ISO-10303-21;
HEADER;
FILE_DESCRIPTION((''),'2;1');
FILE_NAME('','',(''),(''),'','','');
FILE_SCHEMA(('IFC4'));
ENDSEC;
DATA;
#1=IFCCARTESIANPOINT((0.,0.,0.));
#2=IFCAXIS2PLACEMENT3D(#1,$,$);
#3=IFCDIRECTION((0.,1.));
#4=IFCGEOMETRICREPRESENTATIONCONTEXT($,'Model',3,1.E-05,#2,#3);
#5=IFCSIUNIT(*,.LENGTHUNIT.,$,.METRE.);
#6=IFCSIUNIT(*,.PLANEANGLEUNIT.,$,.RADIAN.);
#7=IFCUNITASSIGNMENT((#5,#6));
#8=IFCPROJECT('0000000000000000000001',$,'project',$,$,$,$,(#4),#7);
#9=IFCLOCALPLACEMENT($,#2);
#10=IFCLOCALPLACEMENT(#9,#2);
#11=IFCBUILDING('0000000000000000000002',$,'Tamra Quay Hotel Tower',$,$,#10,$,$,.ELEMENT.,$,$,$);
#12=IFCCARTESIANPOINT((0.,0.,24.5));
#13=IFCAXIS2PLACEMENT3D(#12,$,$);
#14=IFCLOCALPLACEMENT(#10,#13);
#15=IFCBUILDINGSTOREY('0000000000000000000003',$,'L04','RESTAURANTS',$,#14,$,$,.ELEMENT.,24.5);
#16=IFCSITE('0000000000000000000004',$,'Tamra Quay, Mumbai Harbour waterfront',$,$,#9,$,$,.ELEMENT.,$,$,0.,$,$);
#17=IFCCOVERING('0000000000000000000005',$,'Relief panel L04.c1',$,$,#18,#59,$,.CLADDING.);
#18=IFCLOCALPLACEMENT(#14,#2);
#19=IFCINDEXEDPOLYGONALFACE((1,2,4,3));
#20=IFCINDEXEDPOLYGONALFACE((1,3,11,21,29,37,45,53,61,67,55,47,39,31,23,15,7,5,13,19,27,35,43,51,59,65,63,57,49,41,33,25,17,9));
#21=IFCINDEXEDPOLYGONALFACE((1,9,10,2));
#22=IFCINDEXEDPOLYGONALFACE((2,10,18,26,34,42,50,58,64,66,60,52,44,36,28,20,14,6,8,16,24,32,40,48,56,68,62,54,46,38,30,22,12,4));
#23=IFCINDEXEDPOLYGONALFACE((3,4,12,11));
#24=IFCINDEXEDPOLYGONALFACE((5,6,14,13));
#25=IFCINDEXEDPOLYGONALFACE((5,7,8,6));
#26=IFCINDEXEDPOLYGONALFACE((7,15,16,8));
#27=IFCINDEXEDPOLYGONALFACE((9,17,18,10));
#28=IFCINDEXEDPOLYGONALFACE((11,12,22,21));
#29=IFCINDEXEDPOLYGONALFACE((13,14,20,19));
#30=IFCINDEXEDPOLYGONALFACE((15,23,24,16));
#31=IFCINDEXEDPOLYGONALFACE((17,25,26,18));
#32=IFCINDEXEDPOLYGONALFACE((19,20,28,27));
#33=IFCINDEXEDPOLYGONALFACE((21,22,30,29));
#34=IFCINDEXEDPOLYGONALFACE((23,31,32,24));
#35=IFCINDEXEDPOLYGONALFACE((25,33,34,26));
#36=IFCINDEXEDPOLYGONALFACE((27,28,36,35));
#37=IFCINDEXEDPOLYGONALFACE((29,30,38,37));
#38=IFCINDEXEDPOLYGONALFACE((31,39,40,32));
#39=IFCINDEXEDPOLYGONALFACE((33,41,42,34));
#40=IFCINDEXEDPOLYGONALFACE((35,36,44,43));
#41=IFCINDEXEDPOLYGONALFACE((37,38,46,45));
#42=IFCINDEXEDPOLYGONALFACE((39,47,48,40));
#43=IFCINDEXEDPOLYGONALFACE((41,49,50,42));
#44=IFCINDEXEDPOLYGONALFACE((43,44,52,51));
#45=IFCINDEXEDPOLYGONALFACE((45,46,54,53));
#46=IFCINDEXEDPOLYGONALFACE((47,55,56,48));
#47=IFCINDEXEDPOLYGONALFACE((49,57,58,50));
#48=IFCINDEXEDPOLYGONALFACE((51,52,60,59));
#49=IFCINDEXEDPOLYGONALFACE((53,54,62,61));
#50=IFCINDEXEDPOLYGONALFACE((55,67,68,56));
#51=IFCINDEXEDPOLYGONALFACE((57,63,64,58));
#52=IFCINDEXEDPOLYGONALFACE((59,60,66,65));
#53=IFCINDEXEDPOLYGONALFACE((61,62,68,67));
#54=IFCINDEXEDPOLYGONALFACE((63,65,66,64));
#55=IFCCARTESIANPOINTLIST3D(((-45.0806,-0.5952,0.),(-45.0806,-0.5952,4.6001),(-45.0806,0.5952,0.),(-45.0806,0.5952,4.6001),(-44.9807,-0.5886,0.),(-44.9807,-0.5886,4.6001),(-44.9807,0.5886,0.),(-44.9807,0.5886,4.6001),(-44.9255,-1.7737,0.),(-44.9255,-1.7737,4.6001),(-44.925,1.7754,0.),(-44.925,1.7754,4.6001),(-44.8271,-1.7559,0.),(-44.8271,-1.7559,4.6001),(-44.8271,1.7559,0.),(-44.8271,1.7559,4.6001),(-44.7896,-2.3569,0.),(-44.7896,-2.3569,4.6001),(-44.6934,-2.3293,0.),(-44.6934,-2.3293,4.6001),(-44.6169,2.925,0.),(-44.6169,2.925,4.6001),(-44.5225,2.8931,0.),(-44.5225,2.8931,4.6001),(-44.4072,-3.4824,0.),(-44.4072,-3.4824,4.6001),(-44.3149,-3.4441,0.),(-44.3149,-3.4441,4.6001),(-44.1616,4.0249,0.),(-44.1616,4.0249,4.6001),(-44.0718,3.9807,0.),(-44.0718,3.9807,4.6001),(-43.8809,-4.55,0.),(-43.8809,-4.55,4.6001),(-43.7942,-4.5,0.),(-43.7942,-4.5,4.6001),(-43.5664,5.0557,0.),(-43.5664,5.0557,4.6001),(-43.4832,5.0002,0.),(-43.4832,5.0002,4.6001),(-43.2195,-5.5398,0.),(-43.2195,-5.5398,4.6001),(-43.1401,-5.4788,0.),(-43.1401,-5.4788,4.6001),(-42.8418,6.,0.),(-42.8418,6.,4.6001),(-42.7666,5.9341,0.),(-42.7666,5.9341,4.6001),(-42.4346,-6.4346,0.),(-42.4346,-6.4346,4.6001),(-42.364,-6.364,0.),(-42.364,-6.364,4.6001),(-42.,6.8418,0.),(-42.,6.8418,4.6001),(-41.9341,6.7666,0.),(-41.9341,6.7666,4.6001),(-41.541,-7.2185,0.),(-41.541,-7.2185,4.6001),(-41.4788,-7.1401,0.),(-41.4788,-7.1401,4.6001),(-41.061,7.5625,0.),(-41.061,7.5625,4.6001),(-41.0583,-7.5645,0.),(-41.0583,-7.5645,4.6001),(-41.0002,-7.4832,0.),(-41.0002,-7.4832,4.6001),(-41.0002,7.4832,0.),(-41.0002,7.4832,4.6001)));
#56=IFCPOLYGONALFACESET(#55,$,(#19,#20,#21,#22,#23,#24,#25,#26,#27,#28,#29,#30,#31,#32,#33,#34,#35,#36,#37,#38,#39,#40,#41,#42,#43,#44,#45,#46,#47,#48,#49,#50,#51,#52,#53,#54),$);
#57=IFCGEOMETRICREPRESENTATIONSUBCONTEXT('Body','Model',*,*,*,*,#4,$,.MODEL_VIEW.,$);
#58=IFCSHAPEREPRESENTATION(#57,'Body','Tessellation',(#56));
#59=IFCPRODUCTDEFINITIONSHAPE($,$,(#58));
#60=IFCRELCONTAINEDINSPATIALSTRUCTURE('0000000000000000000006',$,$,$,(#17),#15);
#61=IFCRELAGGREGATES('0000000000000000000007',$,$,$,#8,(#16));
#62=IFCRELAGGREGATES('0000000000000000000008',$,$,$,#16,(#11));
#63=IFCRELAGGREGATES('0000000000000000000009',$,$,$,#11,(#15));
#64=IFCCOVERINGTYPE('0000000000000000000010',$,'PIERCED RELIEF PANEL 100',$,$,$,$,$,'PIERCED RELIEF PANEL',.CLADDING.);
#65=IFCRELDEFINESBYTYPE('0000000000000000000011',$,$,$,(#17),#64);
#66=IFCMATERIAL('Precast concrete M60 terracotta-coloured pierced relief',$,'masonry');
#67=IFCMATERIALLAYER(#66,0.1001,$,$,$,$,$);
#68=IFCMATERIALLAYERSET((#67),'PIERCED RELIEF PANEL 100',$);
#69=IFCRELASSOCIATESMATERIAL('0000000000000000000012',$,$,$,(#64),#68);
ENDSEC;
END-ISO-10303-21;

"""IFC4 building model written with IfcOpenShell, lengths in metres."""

from ifc_helpers import new_model, si_unit, direction, frame, origin, place, context, subcontext, project, spatial, polyline, outline, extrude, material, layer, layer_set, type_object, element, save


model = new_model("IFC4")

# Units and contexts
model_context = context("Model", 3, precision=1e-05, world=origin(), true_north=direction((0.0, 1.0)))
body_context = subcontext(model_context, "Body", "Model", "MODEL_VIEW")
ifc_project = project(units=[si_unit("LENGTHUNIT", "METRE"), si_unit("PLANEANGLEUNIT", "RADIAN")], contexts=[model_context])

# Site, building, storey
site_placement = place(None, origin())
site = spatial("IfcSite", under=ifc_project, at=site_placement, Name="Tamra Quay, Mumbai Harbour waterfront", CompositionType="ELEMENT", RefElevation=0.0)
building_placement = place(site_placement, origin())
building = spatial("IfcBuilding", under=site, at=building_placement, Name="Tamra Quay Hotel Tower", CompositionType="ELEMENT")
storey_placement = place(building_placement, frame((0.0, 0.0, 24.5)))
storey = spatial("IfcBuildingStorey", under=building, at=storey_placement, Name="L04", Description="RESTAURANTS", CompositionType="ELEMENT", Elevation=24.5)

# Covering
ifc_material_1 = material(Name="Precast concrete M60 terracotta-coloured pierced relief", Category="masonry")
ifc_layer_1 = layer(ifc_material_1, 0.1001)
ifc_layer_set_1 = layer_set([ifc_layer_1], Name="PIERCED RELIEF PANEL 100")
covering_type = type_object("IfcCoveringType", Name="PIERCED RELIEF PANEL 100", ElementType="PIERCED RELIEF PANEL", PredefinedType="CLADDING", material=ifc_layer_set_1)
covering_placement = place(storey_placement, origin())
element("IfcCovering", 1, at=covering_placement, inside=storey, type_object=covering_type, Name="Relief panel L04.c1", PredefinedType="CLADDING", context=body_context, shape_type="SweptSolid", body=[
    extrude(outline(polyline([(-41.0002, 7.4832), (-41.9341, 6.7666), (-42.7666, 5.9341), (-43.4832, 5.0002), (-44.0718, 3.9807), (-44.5225, 2.8931), (-44.8271, 1.7559), (-44.9807, 0.5886), (-44.9807, -0.5886), (-44.8271, -1.7559), (-44.6934, -2.3293), (-44.3149, -3.4441), (-43.7942, -4.5), (-43.1401, -5.4788), (-42.364, -6.364), (-41.4788, -7.1401), (-41.0002, -7.4832), (-41.0583, -7.5645), (-41.541, -7.2185), (-42.4346, -6.4346), (-43.2195, -5.5398), (-43.8809, -4.55), (-44.4072, -3.4824), (-44.7896, -2.3569), (-44.9255, -1.7737), (-45.0806, -0.5952), (-45.0806, 0.5952), (-44.925, 1.7754), (-44.6169, 2.925), (-44.1616, 4.0249), (-43.5664, 5.0557), (-42.8418, 6.0), (-42.0, 6.8418), (-41.061, 7.5625), (-41.0002, 7.4832)])), origin(), (0.0, 0.0, 1.0), 4.6001),
])

save(model, "model.ifc")
